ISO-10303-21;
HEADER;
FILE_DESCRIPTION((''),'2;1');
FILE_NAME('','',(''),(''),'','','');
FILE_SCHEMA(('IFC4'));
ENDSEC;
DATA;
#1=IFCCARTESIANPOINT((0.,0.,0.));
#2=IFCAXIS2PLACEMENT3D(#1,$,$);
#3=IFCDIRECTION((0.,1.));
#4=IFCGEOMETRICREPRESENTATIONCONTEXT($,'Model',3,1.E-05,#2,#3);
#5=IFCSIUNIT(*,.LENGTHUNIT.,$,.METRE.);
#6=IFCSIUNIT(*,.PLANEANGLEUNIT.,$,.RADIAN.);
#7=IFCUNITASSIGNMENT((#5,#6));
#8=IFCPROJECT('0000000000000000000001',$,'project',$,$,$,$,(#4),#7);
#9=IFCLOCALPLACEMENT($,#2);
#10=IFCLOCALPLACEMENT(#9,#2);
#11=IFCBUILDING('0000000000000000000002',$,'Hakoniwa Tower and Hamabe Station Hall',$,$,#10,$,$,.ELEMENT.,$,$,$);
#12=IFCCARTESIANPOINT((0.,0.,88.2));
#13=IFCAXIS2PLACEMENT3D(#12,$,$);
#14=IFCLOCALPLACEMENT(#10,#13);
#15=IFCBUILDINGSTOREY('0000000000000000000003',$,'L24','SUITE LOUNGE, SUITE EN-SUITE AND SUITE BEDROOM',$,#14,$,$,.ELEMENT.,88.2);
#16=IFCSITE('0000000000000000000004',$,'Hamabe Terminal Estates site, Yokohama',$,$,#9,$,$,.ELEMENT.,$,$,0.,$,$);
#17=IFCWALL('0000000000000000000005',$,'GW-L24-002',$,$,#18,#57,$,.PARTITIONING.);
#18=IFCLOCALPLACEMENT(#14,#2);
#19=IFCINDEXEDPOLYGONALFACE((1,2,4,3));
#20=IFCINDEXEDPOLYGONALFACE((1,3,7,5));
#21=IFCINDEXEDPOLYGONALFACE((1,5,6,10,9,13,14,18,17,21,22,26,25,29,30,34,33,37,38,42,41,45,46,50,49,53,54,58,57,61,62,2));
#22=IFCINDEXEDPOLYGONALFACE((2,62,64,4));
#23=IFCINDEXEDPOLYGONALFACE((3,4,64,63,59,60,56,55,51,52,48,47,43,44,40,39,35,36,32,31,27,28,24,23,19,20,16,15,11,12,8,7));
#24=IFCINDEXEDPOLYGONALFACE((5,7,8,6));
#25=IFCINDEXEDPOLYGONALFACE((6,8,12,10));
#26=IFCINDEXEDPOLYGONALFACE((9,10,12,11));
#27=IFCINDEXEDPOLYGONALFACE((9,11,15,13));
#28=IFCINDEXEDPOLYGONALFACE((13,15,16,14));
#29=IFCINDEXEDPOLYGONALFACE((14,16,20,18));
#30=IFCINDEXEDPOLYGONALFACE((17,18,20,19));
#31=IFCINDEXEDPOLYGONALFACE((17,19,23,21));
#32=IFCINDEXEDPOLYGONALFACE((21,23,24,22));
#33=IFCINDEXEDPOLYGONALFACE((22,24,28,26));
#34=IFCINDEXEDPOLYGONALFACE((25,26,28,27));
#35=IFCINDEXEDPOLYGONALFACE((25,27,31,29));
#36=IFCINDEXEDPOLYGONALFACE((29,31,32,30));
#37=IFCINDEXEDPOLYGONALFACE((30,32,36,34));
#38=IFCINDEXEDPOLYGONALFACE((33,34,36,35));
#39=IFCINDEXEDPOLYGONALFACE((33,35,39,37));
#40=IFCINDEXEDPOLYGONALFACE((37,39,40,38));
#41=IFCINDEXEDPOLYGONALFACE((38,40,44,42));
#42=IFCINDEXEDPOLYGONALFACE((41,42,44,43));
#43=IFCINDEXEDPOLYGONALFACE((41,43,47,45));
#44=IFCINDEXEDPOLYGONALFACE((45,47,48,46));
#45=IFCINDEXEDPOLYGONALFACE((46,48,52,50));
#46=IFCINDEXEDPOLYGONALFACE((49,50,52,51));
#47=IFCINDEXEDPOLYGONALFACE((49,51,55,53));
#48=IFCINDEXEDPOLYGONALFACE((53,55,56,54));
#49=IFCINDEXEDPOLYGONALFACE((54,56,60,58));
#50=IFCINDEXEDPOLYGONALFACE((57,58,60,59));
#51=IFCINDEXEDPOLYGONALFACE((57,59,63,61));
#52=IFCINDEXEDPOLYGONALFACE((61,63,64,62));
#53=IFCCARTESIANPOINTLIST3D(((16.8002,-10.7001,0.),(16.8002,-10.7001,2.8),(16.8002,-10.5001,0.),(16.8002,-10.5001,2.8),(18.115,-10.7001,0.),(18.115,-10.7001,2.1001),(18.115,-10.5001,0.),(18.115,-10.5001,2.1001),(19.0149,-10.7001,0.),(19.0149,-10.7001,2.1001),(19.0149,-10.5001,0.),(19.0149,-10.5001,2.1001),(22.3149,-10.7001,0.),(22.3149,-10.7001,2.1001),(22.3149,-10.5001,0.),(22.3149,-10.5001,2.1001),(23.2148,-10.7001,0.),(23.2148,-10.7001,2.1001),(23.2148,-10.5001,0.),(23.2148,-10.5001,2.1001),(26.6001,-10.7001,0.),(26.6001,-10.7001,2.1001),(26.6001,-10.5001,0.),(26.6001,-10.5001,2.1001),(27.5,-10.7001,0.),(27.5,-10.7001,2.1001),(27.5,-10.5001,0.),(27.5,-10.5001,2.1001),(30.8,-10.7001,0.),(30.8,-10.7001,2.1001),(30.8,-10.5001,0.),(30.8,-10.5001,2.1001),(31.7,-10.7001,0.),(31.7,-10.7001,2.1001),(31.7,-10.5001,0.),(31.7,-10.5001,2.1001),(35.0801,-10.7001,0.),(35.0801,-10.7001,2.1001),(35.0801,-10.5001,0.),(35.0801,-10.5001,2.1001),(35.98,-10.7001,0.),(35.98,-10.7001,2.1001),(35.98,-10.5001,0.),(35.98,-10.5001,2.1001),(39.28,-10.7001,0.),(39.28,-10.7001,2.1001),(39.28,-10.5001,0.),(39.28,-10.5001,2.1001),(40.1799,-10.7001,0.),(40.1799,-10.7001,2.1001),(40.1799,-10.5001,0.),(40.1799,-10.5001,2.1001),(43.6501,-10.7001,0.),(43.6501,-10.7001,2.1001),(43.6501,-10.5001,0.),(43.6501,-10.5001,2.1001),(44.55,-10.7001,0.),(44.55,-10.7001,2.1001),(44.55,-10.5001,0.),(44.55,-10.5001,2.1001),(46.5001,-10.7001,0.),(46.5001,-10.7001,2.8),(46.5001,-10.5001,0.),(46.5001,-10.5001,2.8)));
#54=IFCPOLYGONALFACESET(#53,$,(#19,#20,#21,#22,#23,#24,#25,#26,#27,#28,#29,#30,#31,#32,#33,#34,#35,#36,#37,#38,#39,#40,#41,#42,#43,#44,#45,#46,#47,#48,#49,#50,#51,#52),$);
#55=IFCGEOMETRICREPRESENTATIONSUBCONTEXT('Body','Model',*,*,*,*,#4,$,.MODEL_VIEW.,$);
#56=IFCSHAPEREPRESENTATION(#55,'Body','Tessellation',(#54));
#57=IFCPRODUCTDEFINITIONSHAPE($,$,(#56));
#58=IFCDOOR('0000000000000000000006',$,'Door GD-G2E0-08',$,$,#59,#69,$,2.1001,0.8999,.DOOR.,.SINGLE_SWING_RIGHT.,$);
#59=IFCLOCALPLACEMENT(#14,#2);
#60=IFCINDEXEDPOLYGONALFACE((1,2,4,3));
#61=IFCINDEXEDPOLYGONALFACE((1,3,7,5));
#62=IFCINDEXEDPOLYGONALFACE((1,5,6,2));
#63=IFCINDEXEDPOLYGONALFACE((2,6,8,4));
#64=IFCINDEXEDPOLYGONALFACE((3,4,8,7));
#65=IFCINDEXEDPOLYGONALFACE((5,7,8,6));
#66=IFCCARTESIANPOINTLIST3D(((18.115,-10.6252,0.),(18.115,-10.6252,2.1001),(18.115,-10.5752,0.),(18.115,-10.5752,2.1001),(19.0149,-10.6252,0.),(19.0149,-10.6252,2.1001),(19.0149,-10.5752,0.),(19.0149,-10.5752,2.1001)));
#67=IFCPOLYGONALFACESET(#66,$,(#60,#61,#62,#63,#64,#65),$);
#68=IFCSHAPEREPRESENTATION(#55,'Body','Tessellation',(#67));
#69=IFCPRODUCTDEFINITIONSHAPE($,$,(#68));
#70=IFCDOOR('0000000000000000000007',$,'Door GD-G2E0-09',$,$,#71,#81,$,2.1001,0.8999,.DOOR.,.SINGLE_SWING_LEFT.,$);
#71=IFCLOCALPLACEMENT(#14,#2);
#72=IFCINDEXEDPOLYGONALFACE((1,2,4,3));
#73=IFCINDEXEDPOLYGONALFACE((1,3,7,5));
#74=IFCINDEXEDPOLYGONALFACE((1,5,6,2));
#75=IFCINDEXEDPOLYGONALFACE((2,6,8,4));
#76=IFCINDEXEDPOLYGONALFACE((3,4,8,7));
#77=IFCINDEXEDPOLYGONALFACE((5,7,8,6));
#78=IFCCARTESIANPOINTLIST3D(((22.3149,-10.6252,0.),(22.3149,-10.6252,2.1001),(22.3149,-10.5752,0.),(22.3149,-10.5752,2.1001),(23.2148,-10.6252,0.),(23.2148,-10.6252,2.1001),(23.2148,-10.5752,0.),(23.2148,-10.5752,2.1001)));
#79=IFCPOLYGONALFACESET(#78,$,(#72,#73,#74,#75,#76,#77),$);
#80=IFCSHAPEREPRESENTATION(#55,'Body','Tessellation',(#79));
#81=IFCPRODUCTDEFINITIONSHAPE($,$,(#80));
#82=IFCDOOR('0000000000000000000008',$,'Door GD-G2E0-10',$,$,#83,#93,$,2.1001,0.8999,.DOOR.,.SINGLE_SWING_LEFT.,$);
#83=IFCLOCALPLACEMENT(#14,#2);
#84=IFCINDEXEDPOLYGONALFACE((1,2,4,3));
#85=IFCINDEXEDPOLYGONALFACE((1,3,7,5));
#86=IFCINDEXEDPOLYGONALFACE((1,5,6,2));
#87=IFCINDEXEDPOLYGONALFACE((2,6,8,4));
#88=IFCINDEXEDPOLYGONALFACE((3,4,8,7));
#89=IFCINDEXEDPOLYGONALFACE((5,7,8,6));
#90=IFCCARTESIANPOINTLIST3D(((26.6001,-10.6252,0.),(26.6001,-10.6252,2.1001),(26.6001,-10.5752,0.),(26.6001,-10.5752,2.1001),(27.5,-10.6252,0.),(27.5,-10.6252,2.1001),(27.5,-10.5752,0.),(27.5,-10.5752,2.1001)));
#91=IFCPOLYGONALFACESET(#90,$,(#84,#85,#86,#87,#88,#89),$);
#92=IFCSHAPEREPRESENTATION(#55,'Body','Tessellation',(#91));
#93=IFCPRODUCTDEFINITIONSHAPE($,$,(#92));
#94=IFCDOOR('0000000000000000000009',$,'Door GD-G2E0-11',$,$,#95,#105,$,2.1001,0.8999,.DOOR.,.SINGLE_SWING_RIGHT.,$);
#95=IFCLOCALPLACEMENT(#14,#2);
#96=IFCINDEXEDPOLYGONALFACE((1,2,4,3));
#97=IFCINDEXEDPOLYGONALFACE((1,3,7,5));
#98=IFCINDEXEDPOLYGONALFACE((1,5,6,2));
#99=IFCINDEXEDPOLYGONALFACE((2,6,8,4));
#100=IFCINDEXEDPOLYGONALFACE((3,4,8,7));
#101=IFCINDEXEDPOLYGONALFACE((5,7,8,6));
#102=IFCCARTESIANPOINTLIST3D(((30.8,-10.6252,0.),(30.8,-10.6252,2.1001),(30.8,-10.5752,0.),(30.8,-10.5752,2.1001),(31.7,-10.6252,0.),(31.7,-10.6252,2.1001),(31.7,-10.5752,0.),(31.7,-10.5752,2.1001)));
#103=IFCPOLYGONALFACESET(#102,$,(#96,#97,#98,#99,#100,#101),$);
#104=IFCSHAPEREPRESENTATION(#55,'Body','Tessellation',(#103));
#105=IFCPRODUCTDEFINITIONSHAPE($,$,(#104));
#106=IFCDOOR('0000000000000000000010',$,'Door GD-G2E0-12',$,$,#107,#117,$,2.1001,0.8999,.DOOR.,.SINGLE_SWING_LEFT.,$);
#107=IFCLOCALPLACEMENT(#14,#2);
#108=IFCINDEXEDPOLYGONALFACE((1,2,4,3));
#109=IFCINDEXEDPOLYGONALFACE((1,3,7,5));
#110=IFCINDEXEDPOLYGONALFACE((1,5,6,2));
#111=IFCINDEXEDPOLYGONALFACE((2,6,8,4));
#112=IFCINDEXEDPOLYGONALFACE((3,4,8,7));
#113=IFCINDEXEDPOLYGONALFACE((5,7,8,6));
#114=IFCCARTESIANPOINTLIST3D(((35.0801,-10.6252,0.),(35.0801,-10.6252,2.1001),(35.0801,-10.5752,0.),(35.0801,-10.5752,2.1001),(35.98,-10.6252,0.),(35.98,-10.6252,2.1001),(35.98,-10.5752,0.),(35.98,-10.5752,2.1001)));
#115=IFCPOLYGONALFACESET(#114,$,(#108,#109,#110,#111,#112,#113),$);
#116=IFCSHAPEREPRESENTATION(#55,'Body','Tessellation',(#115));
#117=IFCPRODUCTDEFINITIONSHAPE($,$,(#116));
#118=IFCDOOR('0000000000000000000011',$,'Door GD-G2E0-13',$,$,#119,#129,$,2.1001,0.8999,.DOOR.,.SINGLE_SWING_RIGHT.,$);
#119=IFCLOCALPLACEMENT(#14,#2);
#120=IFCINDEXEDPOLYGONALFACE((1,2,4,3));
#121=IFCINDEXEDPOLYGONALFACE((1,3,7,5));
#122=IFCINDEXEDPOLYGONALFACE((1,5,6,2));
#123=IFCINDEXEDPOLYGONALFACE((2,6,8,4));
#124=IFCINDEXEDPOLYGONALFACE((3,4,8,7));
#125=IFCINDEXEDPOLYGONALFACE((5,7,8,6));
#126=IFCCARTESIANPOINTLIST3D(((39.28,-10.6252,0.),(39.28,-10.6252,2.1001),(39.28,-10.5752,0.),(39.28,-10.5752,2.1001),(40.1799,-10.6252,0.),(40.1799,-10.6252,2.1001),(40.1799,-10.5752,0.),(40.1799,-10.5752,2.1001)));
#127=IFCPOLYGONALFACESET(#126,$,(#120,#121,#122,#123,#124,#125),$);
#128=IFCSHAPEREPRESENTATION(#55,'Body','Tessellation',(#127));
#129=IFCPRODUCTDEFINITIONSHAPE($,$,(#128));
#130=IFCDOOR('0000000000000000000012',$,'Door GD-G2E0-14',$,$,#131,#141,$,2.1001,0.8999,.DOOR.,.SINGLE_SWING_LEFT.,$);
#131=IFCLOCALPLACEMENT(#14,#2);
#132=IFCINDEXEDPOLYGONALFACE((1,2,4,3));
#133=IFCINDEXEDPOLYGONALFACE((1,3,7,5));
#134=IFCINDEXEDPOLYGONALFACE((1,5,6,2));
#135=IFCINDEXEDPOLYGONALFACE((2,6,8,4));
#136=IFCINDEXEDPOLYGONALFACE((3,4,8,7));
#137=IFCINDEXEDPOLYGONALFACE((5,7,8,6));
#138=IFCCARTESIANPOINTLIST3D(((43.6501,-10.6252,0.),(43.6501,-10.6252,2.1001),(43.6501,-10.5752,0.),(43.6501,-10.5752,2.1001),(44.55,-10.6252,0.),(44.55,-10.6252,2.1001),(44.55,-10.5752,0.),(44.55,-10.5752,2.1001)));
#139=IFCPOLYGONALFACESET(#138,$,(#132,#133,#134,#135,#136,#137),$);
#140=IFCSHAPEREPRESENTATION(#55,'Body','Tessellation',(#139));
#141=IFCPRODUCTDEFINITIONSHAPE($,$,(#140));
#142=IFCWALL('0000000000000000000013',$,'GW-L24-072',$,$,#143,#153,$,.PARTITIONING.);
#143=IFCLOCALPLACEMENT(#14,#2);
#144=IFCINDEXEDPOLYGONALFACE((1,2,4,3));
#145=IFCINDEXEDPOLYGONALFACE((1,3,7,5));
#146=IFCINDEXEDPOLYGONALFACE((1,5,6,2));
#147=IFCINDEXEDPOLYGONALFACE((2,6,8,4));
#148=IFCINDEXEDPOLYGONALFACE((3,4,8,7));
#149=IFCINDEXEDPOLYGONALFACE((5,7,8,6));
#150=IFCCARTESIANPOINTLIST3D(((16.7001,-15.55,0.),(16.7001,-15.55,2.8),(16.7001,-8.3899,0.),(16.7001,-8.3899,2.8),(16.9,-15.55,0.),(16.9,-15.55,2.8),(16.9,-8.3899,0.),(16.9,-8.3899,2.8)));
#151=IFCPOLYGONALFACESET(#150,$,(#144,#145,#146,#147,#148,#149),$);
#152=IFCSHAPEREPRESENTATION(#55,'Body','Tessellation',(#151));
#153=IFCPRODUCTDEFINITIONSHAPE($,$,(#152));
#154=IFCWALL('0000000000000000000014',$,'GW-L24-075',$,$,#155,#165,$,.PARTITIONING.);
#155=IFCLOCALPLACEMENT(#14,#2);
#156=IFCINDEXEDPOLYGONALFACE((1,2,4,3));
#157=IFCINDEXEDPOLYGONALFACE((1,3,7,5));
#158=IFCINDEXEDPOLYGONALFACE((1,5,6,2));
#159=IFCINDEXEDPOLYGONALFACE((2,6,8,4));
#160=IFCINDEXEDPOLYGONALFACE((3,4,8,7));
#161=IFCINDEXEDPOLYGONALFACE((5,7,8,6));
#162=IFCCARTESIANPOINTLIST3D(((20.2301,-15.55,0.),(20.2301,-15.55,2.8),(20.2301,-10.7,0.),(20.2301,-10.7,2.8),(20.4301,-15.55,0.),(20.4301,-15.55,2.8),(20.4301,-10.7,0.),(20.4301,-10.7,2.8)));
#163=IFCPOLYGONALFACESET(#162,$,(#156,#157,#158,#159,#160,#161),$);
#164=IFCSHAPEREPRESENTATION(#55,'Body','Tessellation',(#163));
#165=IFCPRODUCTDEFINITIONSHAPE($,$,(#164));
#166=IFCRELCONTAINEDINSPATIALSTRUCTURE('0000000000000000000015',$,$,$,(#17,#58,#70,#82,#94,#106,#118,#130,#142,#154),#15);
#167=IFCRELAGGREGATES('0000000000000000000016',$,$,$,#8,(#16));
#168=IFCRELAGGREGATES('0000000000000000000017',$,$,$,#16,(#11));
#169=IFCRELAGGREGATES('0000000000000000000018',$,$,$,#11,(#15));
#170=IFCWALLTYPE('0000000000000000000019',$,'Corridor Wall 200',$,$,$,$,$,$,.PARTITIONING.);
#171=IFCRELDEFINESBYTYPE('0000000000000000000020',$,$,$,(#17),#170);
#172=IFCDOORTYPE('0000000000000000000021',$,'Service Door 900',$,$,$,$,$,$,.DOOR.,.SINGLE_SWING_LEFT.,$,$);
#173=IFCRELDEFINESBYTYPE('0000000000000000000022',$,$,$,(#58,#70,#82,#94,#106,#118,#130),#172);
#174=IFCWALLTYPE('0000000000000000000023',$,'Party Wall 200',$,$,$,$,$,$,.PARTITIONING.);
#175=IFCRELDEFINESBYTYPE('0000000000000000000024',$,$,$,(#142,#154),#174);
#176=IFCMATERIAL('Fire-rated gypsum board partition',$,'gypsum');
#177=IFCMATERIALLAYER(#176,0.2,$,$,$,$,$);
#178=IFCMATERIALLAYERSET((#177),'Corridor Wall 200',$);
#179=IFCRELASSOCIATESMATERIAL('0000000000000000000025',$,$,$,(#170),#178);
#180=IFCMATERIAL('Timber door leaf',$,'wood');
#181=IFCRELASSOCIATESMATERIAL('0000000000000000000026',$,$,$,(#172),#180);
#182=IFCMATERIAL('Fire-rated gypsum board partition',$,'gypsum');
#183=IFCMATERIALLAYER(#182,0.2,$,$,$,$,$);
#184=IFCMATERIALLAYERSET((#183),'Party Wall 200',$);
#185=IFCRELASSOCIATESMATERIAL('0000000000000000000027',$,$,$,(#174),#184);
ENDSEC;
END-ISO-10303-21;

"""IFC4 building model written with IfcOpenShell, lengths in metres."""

from ifc_helpers import new_model, si_unit, direction, frame, frame_2d, origin, place, context, subcontext, project, spatial, rectangle, extrude, material, layer, layer_set, type_object, element, fill, save


model = new_model("IFC4")

# Units and contexts
model_context = context("Model", 3, precision=1e-05, world=origin(), true_north=direction((0.0, 1.0)))
body_context = subcontext(model_context, "Body", "Model", "MODEL_VIEW")
ifc_project = project(units=[si_unit("LENGTHUNIT", "METRE"), si_unit("PLANEANGLEUNIT", "RADIAN")], contexts=[model_context])

# Site, building, storey
site_placement = place(None, origin())
site = spatial("IfcSite", under=ifc_project, at=site_placement, Name="Hamabe Terminal Estates site, Yokohama", CompositionType="ELEMENT", RefElevation=0.0)
building_placement = place(site_placement, origin())
building = spatial("IfcBuilding", under=site, at=building_placement, Name="Hakoniwa Tower and Hamabe Station Hall", CompositionType="ELEMENT")
storey_placement = place(building_placement, frame((0.0, 0.0, 88.2)))
storey = spatial("IfcBuildingStorey", under=building, at=storey_placement, Name="L24", Description="SUITE LOUNGE, SUITE EN-SUITE AND SUITE BEDROOM", CompositionType="ELEMENT", Elevation=88.2)

# Wall, openings, doors
ifc_material_1 = material(Name="Fire-rated gypsum board partition", Category="gypsum")
ifc_layer_1 = layer(ifc_material_1, 0.2)
ifc_layer_set_1 = layer_set([ifc_layer_1], Name="Corridor Wall 200")
wall_type_1 = type_object("IfcWallType", Name="Corridor Wall 200", PredefinedType="PARTITIONING", material=ifc_layer_set_1)
wall_1_placement = place(storey_placement, frame((16.8, -10.6001, 0.0), z_axis=(0.0, 0.0, 1.0), x_axis=(1.0, 0.0, 0.0)))
wall_1 = element("IfcWall", 1, at=wall_1_placement, inside=storey, type_object=wall_type_1, Name="GW-L24-002", PredefinedType="PARTITIONING", context=body_context, shape_type="SweptSolid", body=[
    extrude(rectangle(XDim=29.7, YDim=0.2, at=frame_2d((14.8501, 0.0))), origin(), (0.0, 0.0, 1.0), 2.8),
])
opening_1_placement = place(wall_1_placement, frame((1.3149, 0.0, 0.0)))
opening_1 = element("IfcOpeningElement", 2, at=opening_1_placement, cuts=wall_1, PredefinedType="OPENING", context=body_context, shape_type="SweptSolid", body=[
    extrude(rectangle(XDim=0.8999, YDim=2.1001, at=frame_2d((0.45, 1.05))), frame((0.0, 0.1099, 0.0), z_axis=(0.0, -1.0, 0.0), x_axis=(1.0, 0.0, 0.0)), (0.0, 0.0, 1.0), 0.22),
])
opening_2_placement = place(wall_1_placement, frame((5.5149, 0.0, 0.0)))
opening_2 = element("IfcOpeningElement", 3, at=opening_2_placement, cuts=wall_1, PredefinedType="OPENING", context=body_context, shape_type="SweptSolid", body=[
    extrude(rectangle(XDim=0.8999, YDim=2.1001, at=frame_2d((0.45, 1.05))), frame((0.0, 0.1099, 0.0), z_axis=(0.0, -1.0, 0.0), x_axis=(1.0, 0.0, 0.0)), (0.0, 0.0, 1.0), 0.22),
])
opening_3_placement = place(wall_1_placement, frame((9.8, 0.0, 0.0)))
opening_3 = element("IfcOpeningElement", 4, at=opening_3_placement, cuts=wall_1, PredefinedType="OPENING", context=body_context, shape_type="SweptSolid", body=[
    extrude(rectangle(XDim=0.8999, YDim=2.1001, at=frame_2d((0.45, 1.05))), frame((0.0, 0.1099, 0.0), z_axis=(0.0, -1.0, 0.0), x_axis=(1.0, 0.0, 0.0)), (0.0, 0.0, 1.0), 0.22),
])
opening_4_placement = place(wall_1_placement, frame((14.0, 0.0, 0.0)))
opening_4 = element("IfcOpeningElement", 5, at=opening_4_placement, cuts=wall_1, PredefinedType="OPENING", context=body_context, shape_type="SweptSolid", body=[
    extrude(rectangle(XDim=0.8999, YDim=2.1001, at=frame_2d((0.45, 1.05))), frame((0.0, 0.1099, 0.0), z_axis=(0.0, -1.0, 0.0), x_axis=(1.0, 0.0, 0.0)), (0.0, 0.0, 1.0), 0.22),
])
opening_5_placement = place(wall_1_placement, frame((18.28, 0.0, 0.0)))
opening_5 = element("IfcOpeningElement", 6, at=opening_5_placement, cuts=wall_1, PredefinedType="OPENING", context=body_context, shape_type="SweptSolid", body=[
    extrude(rectangle(XDim=0.8999, YDim=2.1001, at=frame_2d((0.45, 1.05))), frame((0.0, 0.1099, 0.0), z_axis=(0.0, -1.0, 0.0), x_axis=(1.0, 0.0, 0.0)), (0.0, 0.0, 1.0), 0.22),
])
opening_6_placement = place(wall_1_placement, frame((22.48, 0.0, 0.0)))
opening_6 = element("IfcOpeningElement", 7, at=opening_6_placement, cuts=wall_1, PredefinedType="OPENING", context=body_context, shape_type="SweptSolid", body=[
    extrude(rectangle(XDim=0.8999, YDim=2.1001, at=frame_2d((0.45, 1.05))), frame((0.0, 0.1099, 0.0), z_axis=(0.0, -1.0, 0.0), x_axis=(1.0, 0.0, 0.0)), (0.0, 0.0, 1.0), 0.22),
])
opening_7_placement = place(wall_1_placement, frame((26.8501, 0.0, 0.0)))
opening_7 = element("IfcOpeningElement", 8, at=opening_7_placement, cuts=wall_1, PredefinedType="OPENING", context=body_context, shape_type="SweptSolid", body=[
    extrude(rectangle(XDim=0.8999, YDim=2.1001, at=frame_2d((0.45, 1.05))), frame((0.0, 0.1099, 0.0), z_axis=(0.0, -1.0, 0.0), x_axis=(1.0, 0.0, 0.0)), (0.0, 0.0, 1.0), 0.22),
])
ifc_material_2 = material(Name="Timber door leaf", Category="wood")
door_type_1 = type_object("IfcDoorType", Name="Service Door 900", OperationType="SINGLE_SWING_LEFT", PredefinedType="DOOR", material=ifc_material_2)
door_1_placement = place(opening_1_placement, origin())
door_1 = element("IfcDoor", 9, at=door_1_placement, inside=storey, type_object=door_type_1, Name="Door GD-G2E0-08", OperationType="SINGLE_SWING_RIGHT", OverallHeight=2.1001, OverallWidth=0.8999, PredefinedType="DOOR", context=body_context, shape_type="SweptSolid", body=[
    extrude(rectangle(XDim=0.8999, YDim=2.1001, at=frame_2d((0.45, 1.05))), frame((0.0, 0.0249, 0.0), z_axis=(0.0, -1.0, 0.0), x_axis=(1.0, 0.0, 0.0)), (0.0, 0.0, 1.0), 0.05),
])
fill(opening_1, door_1)
door_2_placement = place(opening_2_placement, origin())
door_2 = element("IfcDoor", 10, at=door_2_placement, inside=storey, type_object=door_type_1, Name="Door GD-G2E0-09", OperationType="SINGLE_SWING_LEFT", OverallHeight=2.1001, OverallWidth=0.8999, PredefinedType="DOOR", context=body_context, shape_type="SweptSolid", body=[
    extrude(rectangle(XDim=0.8999, YDim=2.1001, at=frame_2d((0.45, 1.05))), frame((0.0, 0.0249, 0.0), z_axis=(0.0, -1.0, 0.0), x_axis=(1.0, 0.0, 0.0)), (0.0, 0.0, 1.0), 0.05),
])
fill(opening_2, door_2)
door_3_placement = place(opening_3_placement, origin())
door_3 = element("IfcDoor", 11, at=door_3_placement, inside=storey, type_object=door_type_1, Name="Door GD-G2E0-10", OperationType="SINGLE_SWING_LEFT", OverallHeight=2.1001, OverallWidth=0.8999, PredefinedType="DOOR", context=body_context, shape_type="SweptSolid", body=[
    extrude(rectangle(XDim=0.8999, YDim=2.1001, at=frame_2d((0.45, 1.05))), frame((0.0, 0.0249, 0.0), z_axis=(0.0, -1.0, 0.0), x_axis=(1.0, 0.0, 0.0)), (0.0, 0.0, 1.0), 0.05),
])
fill(opening_3, door_3)
door_4_placement = place(opening_4_placement, origin())
door_4 = element("IfcDoor", 12, at=door_4_placement, inside=storey, type_object=door_type_1, Name="Door GD-G2E0-11", OperationType="SINGLE_SWING_RIGHT", OverallHeight=2.1001, OverallWidth=0.8999, PredefinedType="DOOR", context=body_context, shape_type="SweptSolid", body=[
    extrude(rectangle(XDim=0.8999, YDim=2.1001, at=frame_2d((0.45, 1.05))), frame((0.0, 0.0249, 0.0), z_axis=(0.0, -1.0, 0.0), x_axis=(1.0, 0.0, 0.0)), (0.0, 0.0, 1.0), 0.05),
])
fill(opening_4, door_4)
door_5_placement = place(opening_5_placement, origin())
door_5 = element("IfcDoor", 13, at=door_5_placement, inside=storey, type_object=door_type_1, Name="Door GD-G2E0-12", OperationType="SINGLE_SWING_LEFT", OverallHeight=2.1001, OverallWidth=0.8999, PredefinedType="DOOR", context=body_context, shape_type="SweptSolid", body=[
    extrude(rectangle(XDim=0.8999, YDim=2.1001, at=frame_2d((0.45, 1.05))), frame((0.0, 0.0249, 0.0), z_axis=(0.0, -1.0, 0.0), x_axis=(1.0, 0.0, 0.0)), (0.0, 0.0, 1.0), 0.05),
])
fill(opening_5, door_5)
door_6_placement = place(opening_6_placement, origin())
door_6 = element("IfcDoor", 14, at=door_6_placement, inside=storey, type_object=door_type_1, Name="Door GD-G2E0-13", OperationType="SINGLE_SWING_RIGHT", OverallHeight=2.1001, OverallWidth=0.8999, PredefinedType="DOOR", context=body_context, shape_type="SweptSolid", body=[
    extrude(rectangle(XDim=0.8999, YDim=2.1001, at=frame_2d((0.45, 1.05))), frame((0.0, 0.0249, 0.0), z_axis=(0.0, -1.0, 0.0), x_axis=(1.0, 0.0, 0.0)), (0.0, 0.0, 1.0), 0.05),
])
fill(opening_6, door_6)
door_7_placement = place(opening_7_placement, origin())
door_7 = element("IfcDoor", 15, at=door_7_placement, inside=storey, type_object=door_type_1, Name="Door GD-G2E0-14", OperationType="SINGLE_SWING_LEFT", OverallHeight=2.1001, OverallWidth=0.8999, PredefinedType="DOOR", context=body_context, shape_type="SweptSolid", body=[
    extrude(rectangle(XDim=0.8999, YDim=2.1001, at=frame_2d((0.45, 1.05))), frame((0.0, 0.0249, 0.0), z_axis=(0.0, -1.0, 0.0), x_axis=(1.0, 0.0, 0.0)), (0.0, 0.0, 1.0), 0.05),
])
fill(opening_7, door_7)

# Walls
ifc_material_3 = material(Name="Fire-rated gypsum board partition", Category="gypsum")
ifc_layer_2 = layer(ifc_material_3, 0.2)
ifc_layer_set_2 = layer_set([ifc_layer_2], Name="Party Wall 200")
wall_type_2 = type_object("IfcWallType", Name="Party Wall 200", PredefinedType="PARTITIONING", material=ifc_layer_set_2)
wall_2_placement = place(storey_placement, frame((16.8, -15.55, 0.0), z_axis=(0.0, 0.0, 1.0), x_axis=(0.0, 1.0, 0.0)))
element("IfcWall", 16, at=wall_2_placement, inside=storey, type_object=wall_type_2, Name="GW-L24-072", PredefinedType="PARTITIONING", context=body_context, shape_type="SweptSolid", body=[
    extrude(rectangle(XDim=7.1602, YDim=0.2, at=frame_2d((3.5801, 0.0))), origin(), (0.0, 0.0, 1.0), 2.8),
])
wall_3_placement = place(storey_placement, frame((20.3301, -15.55, 0.0), z_axis=(0.0, 0.0, 1.0), x_axis=(0.0, 1.0, 0.0)))
element("IfcWall", 17, at=wall_3_placement, inside=storey, type_object=wall_type_2, Name="GW-L24-075", PredefinedType="PARTITIONING", context=body_context, shape_type="SweptSolid", body=[
    extrude(rectangle(XDim=4.8501, YDim=0.2, at=frame_2d((2.425, 0.0))), origin(), (0.0, 0.0, 1.0), 2.8),
])

save(model, "model.ifc")
